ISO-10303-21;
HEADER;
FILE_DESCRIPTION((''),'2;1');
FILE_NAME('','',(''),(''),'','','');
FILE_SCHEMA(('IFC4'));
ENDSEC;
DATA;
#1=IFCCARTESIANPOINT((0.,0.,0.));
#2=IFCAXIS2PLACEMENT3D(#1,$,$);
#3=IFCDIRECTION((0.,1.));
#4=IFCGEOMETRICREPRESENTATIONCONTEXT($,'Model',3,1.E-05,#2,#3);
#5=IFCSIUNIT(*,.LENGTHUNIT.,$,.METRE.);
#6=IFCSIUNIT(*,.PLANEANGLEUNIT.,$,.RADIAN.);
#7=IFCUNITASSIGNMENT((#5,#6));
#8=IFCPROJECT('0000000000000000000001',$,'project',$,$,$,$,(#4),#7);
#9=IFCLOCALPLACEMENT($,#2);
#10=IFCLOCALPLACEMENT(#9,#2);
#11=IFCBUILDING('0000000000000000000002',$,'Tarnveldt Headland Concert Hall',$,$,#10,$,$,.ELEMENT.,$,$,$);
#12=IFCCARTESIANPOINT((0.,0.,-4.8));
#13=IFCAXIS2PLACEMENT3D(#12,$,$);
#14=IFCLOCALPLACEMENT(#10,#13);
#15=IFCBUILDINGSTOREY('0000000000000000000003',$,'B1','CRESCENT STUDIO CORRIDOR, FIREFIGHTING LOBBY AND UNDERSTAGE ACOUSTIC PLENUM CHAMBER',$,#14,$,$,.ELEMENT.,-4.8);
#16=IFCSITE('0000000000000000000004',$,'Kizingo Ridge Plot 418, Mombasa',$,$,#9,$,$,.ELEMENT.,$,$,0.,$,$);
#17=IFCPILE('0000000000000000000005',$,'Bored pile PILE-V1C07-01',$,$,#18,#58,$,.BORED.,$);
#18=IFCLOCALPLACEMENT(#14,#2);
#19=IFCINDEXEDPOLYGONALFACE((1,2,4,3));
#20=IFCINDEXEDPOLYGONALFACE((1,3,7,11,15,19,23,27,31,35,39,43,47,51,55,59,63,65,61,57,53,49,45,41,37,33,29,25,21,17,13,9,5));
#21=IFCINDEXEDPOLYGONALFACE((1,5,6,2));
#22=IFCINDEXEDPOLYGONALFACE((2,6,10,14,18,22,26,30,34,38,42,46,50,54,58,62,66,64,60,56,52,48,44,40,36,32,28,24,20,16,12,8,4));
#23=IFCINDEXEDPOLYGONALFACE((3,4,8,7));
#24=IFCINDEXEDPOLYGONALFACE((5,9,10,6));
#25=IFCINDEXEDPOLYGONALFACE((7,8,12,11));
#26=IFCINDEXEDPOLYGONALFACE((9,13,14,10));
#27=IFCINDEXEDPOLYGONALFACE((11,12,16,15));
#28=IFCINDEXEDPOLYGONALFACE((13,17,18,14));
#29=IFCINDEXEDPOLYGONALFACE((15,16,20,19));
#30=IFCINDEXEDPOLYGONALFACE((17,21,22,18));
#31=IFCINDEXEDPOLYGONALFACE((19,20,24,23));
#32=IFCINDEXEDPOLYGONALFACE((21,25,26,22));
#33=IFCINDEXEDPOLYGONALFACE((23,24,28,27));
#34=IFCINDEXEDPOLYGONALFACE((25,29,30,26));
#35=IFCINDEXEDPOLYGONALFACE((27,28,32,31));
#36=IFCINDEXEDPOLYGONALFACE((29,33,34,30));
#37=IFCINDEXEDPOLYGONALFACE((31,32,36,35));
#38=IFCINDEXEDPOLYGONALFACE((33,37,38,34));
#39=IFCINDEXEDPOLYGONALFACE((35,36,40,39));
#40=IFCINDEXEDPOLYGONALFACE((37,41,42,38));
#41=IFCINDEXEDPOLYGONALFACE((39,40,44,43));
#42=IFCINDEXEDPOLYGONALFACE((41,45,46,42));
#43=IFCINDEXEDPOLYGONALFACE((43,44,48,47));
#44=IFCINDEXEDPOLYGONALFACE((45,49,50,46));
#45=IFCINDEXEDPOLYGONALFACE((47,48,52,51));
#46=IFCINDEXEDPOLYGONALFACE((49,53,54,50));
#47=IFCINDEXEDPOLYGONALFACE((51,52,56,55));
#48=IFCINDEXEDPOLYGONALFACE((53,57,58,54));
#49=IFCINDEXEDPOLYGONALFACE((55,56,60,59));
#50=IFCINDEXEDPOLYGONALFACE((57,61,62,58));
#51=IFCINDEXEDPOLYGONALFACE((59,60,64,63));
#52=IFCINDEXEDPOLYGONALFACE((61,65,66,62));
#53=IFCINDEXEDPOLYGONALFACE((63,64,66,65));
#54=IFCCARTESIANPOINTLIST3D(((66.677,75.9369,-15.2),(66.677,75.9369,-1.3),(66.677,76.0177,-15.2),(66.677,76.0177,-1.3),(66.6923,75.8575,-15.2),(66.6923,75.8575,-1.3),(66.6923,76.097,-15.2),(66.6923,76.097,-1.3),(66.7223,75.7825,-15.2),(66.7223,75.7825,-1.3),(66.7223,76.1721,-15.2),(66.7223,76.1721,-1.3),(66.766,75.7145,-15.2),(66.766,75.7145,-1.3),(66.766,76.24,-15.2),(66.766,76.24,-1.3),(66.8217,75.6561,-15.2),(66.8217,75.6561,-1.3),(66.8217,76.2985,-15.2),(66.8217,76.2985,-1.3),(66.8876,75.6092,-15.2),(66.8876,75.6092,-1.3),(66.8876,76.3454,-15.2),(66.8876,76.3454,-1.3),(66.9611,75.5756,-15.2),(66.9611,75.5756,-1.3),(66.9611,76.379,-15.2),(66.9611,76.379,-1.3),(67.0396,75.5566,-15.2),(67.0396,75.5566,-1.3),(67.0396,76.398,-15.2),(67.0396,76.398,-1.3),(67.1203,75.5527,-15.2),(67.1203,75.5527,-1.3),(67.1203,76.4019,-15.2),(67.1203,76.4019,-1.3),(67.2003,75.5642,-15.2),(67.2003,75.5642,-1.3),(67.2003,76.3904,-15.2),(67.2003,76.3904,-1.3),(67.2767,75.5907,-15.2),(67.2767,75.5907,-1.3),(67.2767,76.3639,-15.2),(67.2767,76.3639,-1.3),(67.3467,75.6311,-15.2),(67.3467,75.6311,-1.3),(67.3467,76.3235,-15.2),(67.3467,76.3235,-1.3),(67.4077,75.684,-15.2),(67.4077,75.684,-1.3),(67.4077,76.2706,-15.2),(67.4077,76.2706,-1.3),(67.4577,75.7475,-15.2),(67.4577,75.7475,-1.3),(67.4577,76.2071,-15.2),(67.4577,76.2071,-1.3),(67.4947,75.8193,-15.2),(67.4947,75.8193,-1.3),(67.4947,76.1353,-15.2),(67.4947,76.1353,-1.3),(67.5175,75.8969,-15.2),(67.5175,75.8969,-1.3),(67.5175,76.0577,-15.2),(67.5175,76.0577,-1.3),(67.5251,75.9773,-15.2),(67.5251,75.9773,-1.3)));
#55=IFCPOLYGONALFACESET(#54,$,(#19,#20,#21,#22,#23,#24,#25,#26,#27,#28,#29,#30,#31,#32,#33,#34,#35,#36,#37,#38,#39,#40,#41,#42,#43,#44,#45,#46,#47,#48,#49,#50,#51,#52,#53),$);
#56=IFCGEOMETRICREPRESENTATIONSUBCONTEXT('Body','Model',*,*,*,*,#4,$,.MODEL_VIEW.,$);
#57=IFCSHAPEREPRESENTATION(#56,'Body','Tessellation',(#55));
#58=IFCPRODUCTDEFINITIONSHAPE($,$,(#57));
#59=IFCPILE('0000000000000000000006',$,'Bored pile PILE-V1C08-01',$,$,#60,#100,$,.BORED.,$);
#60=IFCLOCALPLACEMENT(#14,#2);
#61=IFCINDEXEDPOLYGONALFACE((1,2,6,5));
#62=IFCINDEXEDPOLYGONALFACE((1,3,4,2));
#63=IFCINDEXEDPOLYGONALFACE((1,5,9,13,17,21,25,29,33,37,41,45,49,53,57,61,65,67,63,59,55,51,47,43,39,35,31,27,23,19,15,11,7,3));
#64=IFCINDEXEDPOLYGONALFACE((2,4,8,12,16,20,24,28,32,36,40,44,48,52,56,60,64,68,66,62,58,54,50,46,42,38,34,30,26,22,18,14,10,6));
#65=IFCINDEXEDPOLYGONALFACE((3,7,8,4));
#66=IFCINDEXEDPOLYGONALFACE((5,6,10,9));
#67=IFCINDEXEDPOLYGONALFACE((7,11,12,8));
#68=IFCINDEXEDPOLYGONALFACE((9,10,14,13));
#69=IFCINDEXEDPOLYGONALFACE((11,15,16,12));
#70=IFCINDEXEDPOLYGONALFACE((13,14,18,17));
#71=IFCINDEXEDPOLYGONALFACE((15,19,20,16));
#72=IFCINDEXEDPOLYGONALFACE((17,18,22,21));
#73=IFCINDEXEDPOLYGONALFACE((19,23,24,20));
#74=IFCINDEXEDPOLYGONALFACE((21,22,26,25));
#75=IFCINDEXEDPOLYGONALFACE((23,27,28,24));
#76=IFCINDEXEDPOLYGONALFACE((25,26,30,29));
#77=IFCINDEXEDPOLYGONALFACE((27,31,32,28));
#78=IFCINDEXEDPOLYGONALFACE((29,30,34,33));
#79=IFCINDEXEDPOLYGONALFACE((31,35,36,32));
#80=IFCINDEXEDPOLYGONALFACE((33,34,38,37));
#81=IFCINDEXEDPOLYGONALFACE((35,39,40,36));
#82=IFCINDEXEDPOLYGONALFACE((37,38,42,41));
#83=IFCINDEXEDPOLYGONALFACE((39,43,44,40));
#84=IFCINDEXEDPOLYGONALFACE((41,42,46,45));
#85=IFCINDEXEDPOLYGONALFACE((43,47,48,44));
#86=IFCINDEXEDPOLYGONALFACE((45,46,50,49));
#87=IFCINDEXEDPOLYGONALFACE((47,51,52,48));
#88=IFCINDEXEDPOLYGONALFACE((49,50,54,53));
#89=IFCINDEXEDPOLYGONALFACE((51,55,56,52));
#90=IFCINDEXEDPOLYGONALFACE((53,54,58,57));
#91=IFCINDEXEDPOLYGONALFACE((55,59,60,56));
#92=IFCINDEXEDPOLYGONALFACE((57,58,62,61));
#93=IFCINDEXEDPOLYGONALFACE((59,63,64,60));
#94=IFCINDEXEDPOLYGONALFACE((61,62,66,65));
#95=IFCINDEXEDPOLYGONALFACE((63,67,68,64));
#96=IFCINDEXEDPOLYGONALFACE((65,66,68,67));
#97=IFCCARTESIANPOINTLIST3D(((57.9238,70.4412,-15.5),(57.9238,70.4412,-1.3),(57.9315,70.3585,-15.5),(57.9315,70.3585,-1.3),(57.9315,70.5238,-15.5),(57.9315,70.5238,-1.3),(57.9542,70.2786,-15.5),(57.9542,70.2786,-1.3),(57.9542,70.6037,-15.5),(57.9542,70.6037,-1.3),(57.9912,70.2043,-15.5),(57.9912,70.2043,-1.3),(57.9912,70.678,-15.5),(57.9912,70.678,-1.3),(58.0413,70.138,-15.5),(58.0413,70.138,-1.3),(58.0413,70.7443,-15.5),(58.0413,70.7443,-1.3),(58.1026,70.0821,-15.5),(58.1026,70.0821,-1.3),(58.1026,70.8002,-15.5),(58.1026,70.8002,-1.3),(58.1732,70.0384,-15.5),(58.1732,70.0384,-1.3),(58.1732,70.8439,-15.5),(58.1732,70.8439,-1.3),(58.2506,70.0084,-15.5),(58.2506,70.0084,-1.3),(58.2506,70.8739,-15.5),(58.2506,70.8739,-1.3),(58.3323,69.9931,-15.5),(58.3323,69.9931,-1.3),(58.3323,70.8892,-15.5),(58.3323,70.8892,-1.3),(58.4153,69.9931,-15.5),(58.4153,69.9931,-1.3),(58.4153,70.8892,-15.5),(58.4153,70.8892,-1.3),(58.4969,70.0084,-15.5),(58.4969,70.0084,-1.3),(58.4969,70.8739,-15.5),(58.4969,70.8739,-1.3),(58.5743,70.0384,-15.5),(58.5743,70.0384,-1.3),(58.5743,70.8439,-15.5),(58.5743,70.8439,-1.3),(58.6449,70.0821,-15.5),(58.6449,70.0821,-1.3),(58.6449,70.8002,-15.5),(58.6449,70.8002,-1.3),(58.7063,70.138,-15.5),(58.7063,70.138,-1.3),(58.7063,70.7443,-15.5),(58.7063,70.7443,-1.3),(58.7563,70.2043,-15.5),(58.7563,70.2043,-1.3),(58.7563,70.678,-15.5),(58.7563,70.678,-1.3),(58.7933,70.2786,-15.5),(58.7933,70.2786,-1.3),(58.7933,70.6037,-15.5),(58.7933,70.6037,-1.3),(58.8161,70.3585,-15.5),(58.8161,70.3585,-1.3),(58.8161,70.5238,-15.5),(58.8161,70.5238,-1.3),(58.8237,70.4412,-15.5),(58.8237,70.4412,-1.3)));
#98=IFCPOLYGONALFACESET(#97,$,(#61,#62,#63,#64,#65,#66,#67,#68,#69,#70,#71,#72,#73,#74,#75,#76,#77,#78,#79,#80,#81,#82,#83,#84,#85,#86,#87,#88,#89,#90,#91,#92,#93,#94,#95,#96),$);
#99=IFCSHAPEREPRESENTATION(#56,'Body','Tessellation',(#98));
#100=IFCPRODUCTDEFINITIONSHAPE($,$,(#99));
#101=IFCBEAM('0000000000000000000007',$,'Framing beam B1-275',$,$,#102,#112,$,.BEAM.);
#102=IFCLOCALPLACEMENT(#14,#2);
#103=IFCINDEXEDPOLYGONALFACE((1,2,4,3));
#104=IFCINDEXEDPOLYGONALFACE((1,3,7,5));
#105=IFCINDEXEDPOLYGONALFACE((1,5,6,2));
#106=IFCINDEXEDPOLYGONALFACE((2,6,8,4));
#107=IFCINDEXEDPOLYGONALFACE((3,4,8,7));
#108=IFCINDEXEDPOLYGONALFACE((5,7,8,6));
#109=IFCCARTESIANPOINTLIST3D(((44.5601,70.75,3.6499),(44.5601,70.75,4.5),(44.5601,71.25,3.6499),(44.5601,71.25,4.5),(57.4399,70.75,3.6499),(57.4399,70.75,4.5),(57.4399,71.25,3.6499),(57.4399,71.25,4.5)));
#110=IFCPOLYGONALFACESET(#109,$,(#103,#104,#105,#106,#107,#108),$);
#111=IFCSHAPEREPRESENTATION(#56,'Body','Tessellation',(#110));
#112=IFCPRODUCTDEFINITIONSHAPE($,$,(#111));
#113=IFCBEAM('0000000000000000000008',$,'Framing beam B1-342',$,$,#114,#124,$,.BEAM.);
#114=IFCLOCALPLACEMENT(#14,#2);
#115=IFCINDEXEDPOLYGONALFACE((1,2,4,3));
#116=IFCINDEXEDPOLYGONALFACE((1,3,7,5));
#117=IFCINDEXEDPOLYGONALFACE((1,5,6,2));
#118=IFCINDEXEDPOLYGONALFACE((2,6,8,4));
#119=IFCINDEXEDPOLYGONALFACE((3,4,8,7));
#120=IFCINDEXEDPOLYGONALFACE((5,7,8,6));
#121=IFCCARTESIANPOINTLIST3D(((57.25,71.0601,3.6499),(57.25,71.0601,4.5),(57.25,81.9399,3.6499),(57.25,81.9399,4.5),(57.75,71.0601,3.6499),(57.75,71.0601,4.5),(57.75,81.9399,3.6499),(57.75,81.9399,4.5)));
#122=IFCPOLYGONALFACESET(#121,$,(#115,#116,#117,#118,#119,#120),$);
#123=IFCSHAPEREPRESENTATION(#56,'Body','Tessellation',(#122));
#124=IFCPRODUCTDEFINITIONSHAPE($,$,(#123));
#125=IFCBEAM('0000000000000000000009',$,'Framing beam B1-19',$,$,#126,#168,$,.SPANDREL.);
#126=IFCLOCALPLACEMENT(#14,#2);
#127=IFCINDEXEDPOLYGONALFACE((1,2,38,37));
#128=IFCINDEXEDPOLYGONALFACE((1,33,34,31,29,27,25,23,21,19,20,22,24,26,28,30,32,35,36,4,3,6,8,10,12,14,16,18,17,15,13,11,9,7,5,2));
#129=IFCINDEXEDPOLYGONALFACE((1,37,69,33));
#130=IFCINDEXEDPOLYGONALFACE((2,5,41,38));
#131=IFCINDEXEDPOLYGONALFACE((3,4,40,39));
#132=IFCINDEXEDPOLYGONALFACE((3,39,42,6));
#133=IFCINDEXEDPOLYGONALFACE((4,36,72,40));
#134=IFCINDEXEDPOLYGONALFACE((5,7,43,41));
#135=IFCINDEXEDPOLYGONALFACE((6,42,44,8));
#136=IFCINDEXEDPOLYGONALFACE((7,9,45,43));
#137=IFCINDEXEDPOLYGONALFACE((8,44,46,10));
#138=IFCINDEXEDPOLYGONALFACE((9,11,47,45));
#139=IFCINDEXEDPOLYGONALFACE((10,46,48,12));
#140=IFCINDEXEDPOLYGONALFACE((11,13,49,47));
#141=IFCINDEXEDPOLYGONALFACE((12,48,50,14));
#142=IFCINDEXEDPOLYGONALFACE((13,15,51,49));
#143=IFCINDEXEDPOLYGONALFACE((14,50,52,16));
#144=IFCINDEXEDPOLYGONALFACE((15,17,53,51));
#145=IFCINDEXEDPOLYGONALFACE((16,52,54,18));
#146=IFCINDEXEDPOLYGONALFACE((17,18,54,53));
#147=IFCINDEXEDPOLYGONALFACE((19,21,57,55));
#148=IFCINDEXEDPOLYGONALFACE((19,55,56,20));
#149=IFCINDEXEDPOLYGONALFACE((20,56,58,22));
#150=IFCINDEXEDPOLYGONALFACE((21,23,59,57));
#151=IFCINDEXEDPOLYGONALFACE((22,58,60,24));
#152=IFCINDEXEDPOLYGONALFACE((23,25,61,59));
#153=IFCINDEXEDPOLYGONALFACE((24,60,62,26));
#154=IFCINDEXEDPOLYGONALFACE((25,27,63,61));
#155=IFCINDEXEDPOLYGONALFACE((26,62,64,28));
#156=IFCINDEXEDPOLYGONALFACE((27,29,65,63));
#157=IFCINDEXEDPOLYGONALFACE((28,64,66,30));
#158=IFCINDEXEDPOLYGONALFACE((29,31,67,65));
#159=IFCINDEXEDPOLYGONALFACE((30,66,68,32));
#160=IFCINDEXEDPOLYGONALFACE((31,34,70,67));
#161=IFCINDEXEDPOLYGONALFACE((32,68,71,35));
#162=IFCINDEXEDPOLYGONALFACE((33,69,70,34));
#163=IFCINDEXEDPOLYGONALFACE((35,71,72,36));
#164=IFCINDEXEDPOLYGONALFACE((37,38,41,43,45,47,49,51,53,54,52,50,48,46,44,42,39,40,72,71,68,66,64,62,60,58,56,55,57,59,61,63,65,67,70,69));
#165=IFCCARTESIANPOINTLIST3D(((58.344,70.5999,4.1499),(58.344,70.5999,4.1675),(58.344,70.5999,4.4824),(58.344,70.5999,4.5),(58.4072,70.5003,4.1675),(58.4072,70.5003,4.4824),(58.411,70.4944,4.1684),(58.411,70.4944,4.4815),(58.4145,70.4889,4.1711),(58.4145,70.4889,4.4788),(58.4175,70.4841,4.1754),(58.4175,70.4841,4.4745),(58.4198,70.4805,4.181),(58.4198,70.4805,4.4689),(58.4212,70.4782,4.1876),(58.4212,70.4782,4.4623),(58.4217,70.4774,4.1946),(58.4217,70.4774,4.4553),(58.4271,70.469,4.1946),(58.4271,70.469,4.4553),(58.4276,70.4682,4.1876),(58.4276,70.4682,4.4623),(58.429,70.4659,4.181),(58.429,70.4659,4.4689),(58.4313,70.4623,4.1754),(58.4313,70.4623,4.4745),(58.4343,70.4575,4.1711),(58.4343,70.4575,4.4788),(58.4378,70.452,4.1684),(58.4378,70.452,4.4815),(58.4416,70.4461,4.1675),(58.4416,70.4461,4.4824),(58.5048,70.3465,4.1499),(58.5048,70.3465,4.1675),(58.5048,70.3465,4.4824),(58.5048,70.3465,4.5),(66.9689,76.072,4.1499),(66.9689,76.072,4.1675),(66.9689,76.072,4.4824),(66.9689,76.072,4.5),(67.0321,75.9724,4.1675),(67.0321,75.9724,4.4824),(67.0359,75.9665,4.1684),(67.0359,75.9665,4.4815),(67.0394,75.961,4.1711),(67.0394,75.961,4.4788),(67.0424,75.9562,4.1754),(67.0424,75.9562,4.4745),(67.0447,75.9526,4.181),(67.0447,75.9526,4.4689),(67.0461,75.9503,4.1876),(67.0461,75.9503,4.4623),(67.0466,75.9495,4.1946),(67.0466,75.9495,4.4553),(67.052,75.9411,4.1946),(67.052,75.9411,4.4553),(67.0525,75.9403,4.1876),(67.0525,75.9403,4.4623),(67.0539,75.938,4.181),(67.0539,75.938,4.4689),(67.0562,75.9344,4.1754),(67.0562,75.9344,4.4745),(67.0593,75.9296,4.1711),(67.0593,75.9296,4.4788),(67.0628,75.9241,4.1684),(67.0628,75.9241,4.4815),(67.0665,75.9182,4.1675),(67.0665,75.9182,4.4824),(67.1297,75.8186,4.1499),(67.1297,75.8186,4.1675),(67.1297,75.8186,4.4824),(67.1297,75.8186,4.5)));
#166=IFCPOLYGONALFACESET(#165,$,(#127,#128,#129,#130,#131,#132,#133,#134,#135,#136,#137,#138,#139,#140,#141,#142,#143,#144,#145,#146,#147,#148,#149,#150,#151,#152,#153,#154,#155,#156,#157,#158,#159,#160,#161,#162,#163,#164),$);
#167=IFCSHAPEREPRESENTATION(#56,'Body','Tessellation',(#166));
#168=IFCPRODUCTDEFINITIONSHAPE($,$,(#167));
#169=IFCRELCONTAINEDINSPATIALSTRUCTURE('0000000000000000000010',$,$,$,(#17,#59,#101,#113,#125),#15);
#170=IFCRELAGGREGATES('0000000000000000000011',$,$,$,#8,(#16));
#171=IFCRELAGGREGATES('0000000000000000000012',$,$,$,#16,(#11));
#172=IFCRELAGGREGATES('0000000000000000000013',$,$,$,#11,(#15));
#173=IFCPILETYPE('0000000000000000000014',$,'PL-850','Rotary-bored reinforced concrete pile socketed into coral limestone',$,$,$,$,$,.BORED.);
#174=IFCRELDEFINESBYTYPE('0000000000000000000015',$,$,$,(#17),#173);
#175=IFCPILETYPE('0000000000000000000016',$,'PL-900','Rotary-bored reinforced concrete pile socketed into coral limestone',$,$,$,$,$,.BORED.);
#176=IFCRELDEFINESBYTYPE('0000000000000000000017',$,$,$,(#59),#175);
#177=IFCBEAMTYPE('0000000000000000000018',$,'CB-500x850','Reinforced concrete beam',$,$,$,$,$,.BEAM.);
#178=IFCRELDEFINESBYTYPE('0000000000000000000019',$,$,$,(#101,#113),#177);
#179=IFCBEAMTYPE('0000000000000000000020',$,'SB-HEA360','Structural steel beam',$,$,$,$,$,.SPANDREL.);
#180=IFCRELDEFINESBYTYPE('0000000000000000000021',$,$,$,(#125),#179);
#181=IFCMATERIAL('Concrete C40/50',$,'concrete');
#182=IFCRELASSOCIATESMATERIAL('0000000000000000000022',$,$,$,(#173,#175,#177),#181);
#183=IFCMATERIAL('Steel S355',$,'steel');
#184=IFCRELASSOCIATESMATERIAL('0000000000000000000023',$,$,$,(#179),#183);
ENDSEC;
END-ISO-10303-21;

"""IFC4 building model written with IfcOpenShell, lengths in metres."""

from ifc_helpers import new_model, si_unit, direction, frame, origin, origin_2d, place, context, subcontext, project, spatial, rectangle, circle, i_section, extrude, material, material_profile, profile_set, type_object, element, save


model = new_model("IFC4")

# Units and contexts
model_context = context("Model", 3, precision=1e-05, world=origin(), true_north=direction((0.0, 1.0)))
body_context = subcontext(model_context, "Body", "Model", "MODEL_VIEW")
ifc_project = project(units=[si_unit("LENGTHUNIT", "METRE"), si_unit("PLANEANGLEUNIT", "RADIAN")], contexts=[model_context])

# Site, building, storey
site_placement = place(None, origin())
site = spatial("IfcSite", under=ifc_project, at=site_placement, Name="Kizingo Ridge Plot 418, Mombasa", CompositionType="ELEMENT", RefElevation=0.0)
building_placement = place(site_placement, origin())
building = spatial("IfcBuilding", under=site, at=building_placement, Name="Tarnveldt Headland Concert Hall", CompositionType="ELEMENT")
storey_placement = place(building_placement, frame((0.0, 0.0, -4.8)))
storey = spatial("IfcBuildingStorey", under=building, at=storey_placement, Name="B1", Description="CRESCENT STUDIO CORRIDOR, FIREFIGHTING LOBBY AND UNDERSTAGE ACOUSTIC PLENUM CHAMBER", CompositionType="ELEMENT", Elevation=-4.8)

# Shared definitions
ifc_material_1 = material(Name="Concrete C40/50", Category="concrete")

# Piles
ifc_material_profile_1 = material_profile(ifc_material_1, circle(Radius=0.425, at=origin_2d()), Name="BORED PILE D850", Category="concrete")
ifc_profile_set_1 = profile_set([ifc_material_profile_1], Name="Concrete C40/50")
pile_type_1 = type_object("IfcPileType", Name="PL-850", Description="Rotary-bored reinforced concrete pile socketed into coral limestone", PredefinedType="BORED", material=ifc_profile_set_1)
pile_1_placement = place(storey_placement, frame((67.1001, 75.9773, -1.3), z_axis=(0.0, 0.0, -1.0), x_axis=(1.0, 0.0, 0.0)))
element("IfcPile", 1, at=pile_1_placement, inside=storey, type_object=pile_type_1, Name="Bored pile PILE-V1C07-01", PredefinedType="BORED", context=body_context, shape_type="SweptSolid", body=[
    extrude(circle(Radius=0.425, at=origin_2d()), origin(), (0.0, 0.0, 1.0), 13.8999),
])
ifc_material_profile_2 = material_profile(ifc_material_1, circle(Radius=0.45, at=origin_2d()), Name="BORED PILE D900", Category="concrete")
ifc_profile_set_2 = profile_set([ifc_material_profile_2], Name="Concrete C40/50")
pile_type_2 = type_object("IfcPileType", Name="PL-900", Description="Rotary-bored reinforced concrete pile socketed into coral limestone", PredefinedType="BORED", material=ifc_profile_set_2)
pile_2_placement = place(storey_placement, frame((58.3738, 70.4412, -1.3), z_axis=(0.0, 0.0, -1.0), x_axis=(1.0, 0.0, 0.0)))
element("IfcPile", 2, at=pile_2_placement, inside=storey, type_object=pile_type_2, Name="Bored pile PILE-V1C08-01", PredefinedType="BORED", context=body_context, shape_type="SweptSolid", body=[
    extrude(circle(Radius=0.45, at=origin_2d()), origin(), (0.0, 0.0, 1.0), 14.2),
])

# Beams
ifc_material_profile_3 = material_profile(ifc_material_1, rectangle(XDim=0.5, YDim=0.8501, at=origin_2d()), Name="RC 500x850", Category="concrete")
ifc_profile_set_3 = profile_set([ifc_material_profile_3], Name="Concrete C40/50")
beam_type_1 = type_object("IfcBeamType", Name="CB-500x850", Description="Reinforced concrete beam", PredefinedType="BEAM", material=ifc_profile_set_3)
beam_1_placement = place(storey_placement, frame((44.5601, 71.0, 4.075), z_axis=(1.0, 0.0, 0.0), x_axis=(0.0, 1.0, 0.0)))
element("IfcBeam", 3, at=beam_1_placement, inside=storey, type_object=beam_type_1, Name="Framing beam B1-275", PredefinedType="BEAM", context=body_context, shape_type="SweptSolid", body=[
    extrude(rectangle(XDim=0.5, YDim=0.8501, at=origin_2d()), origin(), (0.0, 0.0, 1.0), 12.8799),
])
beam_2_placement = place(storey_placement, frame((57.5, 71.0601, 4.075), z_axis=(0.0, 1.0, 0.0), x_axis=(-1.0, 0.0, 0.0)))
element("IfcBeam", 4, at=beam_2_placement, inside=storey, type_object=beam_type_1, Name="Framing beam B1-342", PredefinedType="BEAM", context=body_context, shape_type="SweptSolid", body=[
    extrude(rectangle(XDim=0.5, YDim=0.8501, at=origin_2d()), origin(), (0.0, 0.0, 1.0), 10.8799),
])
ifc_material_2 = material(Name="Steel S355", Category="steel")
ifc_material_profile_4 = material_profile(ifc_material_2, i_section(OverallWidth=0.3, OverallDepth=0.3501, WebThickness=0.01, FlangeThickness=0.0176, FilletRadius=0.0271, at=origin_2d()), Name="HEA360", Category="steel")
ifc_profile_set_4 = profile_set([ifc_material_profile_4], Name="Steel S355")
beam_type_2 = type_object("IfcBeamType", Name="SB-HEA360", Description="Structural steel beam", PredefinedType="SPANDREL", material=ifc_profile_set_4)
beam_3_placement = place(storey_placement, frame((67.0493, 75.9453, 4.325), z_axis=(-0.844391, -0.535727, 0.0), x_axis=(0.535727, -0.844391, 0.0)))
element("IfcBeam", 5, at=beam_3_placement, inside=storey, type_object=beam_type_2, Name="Framing beam B1-19", PredefinedType="SPANDREL", context=body_context, shape_type="SweptSolid", body=[
    extrude(i_section(OverallWidth=0.3, OverallDepth=0.3501, WebThickness=0.01, FlangeThickness=0.0176, FilletRadius=0.0271, at=origin_2d()), origin(), (0.0, 0.0, 1.0), 10.2144),
])

save(model, "model.ifc")
